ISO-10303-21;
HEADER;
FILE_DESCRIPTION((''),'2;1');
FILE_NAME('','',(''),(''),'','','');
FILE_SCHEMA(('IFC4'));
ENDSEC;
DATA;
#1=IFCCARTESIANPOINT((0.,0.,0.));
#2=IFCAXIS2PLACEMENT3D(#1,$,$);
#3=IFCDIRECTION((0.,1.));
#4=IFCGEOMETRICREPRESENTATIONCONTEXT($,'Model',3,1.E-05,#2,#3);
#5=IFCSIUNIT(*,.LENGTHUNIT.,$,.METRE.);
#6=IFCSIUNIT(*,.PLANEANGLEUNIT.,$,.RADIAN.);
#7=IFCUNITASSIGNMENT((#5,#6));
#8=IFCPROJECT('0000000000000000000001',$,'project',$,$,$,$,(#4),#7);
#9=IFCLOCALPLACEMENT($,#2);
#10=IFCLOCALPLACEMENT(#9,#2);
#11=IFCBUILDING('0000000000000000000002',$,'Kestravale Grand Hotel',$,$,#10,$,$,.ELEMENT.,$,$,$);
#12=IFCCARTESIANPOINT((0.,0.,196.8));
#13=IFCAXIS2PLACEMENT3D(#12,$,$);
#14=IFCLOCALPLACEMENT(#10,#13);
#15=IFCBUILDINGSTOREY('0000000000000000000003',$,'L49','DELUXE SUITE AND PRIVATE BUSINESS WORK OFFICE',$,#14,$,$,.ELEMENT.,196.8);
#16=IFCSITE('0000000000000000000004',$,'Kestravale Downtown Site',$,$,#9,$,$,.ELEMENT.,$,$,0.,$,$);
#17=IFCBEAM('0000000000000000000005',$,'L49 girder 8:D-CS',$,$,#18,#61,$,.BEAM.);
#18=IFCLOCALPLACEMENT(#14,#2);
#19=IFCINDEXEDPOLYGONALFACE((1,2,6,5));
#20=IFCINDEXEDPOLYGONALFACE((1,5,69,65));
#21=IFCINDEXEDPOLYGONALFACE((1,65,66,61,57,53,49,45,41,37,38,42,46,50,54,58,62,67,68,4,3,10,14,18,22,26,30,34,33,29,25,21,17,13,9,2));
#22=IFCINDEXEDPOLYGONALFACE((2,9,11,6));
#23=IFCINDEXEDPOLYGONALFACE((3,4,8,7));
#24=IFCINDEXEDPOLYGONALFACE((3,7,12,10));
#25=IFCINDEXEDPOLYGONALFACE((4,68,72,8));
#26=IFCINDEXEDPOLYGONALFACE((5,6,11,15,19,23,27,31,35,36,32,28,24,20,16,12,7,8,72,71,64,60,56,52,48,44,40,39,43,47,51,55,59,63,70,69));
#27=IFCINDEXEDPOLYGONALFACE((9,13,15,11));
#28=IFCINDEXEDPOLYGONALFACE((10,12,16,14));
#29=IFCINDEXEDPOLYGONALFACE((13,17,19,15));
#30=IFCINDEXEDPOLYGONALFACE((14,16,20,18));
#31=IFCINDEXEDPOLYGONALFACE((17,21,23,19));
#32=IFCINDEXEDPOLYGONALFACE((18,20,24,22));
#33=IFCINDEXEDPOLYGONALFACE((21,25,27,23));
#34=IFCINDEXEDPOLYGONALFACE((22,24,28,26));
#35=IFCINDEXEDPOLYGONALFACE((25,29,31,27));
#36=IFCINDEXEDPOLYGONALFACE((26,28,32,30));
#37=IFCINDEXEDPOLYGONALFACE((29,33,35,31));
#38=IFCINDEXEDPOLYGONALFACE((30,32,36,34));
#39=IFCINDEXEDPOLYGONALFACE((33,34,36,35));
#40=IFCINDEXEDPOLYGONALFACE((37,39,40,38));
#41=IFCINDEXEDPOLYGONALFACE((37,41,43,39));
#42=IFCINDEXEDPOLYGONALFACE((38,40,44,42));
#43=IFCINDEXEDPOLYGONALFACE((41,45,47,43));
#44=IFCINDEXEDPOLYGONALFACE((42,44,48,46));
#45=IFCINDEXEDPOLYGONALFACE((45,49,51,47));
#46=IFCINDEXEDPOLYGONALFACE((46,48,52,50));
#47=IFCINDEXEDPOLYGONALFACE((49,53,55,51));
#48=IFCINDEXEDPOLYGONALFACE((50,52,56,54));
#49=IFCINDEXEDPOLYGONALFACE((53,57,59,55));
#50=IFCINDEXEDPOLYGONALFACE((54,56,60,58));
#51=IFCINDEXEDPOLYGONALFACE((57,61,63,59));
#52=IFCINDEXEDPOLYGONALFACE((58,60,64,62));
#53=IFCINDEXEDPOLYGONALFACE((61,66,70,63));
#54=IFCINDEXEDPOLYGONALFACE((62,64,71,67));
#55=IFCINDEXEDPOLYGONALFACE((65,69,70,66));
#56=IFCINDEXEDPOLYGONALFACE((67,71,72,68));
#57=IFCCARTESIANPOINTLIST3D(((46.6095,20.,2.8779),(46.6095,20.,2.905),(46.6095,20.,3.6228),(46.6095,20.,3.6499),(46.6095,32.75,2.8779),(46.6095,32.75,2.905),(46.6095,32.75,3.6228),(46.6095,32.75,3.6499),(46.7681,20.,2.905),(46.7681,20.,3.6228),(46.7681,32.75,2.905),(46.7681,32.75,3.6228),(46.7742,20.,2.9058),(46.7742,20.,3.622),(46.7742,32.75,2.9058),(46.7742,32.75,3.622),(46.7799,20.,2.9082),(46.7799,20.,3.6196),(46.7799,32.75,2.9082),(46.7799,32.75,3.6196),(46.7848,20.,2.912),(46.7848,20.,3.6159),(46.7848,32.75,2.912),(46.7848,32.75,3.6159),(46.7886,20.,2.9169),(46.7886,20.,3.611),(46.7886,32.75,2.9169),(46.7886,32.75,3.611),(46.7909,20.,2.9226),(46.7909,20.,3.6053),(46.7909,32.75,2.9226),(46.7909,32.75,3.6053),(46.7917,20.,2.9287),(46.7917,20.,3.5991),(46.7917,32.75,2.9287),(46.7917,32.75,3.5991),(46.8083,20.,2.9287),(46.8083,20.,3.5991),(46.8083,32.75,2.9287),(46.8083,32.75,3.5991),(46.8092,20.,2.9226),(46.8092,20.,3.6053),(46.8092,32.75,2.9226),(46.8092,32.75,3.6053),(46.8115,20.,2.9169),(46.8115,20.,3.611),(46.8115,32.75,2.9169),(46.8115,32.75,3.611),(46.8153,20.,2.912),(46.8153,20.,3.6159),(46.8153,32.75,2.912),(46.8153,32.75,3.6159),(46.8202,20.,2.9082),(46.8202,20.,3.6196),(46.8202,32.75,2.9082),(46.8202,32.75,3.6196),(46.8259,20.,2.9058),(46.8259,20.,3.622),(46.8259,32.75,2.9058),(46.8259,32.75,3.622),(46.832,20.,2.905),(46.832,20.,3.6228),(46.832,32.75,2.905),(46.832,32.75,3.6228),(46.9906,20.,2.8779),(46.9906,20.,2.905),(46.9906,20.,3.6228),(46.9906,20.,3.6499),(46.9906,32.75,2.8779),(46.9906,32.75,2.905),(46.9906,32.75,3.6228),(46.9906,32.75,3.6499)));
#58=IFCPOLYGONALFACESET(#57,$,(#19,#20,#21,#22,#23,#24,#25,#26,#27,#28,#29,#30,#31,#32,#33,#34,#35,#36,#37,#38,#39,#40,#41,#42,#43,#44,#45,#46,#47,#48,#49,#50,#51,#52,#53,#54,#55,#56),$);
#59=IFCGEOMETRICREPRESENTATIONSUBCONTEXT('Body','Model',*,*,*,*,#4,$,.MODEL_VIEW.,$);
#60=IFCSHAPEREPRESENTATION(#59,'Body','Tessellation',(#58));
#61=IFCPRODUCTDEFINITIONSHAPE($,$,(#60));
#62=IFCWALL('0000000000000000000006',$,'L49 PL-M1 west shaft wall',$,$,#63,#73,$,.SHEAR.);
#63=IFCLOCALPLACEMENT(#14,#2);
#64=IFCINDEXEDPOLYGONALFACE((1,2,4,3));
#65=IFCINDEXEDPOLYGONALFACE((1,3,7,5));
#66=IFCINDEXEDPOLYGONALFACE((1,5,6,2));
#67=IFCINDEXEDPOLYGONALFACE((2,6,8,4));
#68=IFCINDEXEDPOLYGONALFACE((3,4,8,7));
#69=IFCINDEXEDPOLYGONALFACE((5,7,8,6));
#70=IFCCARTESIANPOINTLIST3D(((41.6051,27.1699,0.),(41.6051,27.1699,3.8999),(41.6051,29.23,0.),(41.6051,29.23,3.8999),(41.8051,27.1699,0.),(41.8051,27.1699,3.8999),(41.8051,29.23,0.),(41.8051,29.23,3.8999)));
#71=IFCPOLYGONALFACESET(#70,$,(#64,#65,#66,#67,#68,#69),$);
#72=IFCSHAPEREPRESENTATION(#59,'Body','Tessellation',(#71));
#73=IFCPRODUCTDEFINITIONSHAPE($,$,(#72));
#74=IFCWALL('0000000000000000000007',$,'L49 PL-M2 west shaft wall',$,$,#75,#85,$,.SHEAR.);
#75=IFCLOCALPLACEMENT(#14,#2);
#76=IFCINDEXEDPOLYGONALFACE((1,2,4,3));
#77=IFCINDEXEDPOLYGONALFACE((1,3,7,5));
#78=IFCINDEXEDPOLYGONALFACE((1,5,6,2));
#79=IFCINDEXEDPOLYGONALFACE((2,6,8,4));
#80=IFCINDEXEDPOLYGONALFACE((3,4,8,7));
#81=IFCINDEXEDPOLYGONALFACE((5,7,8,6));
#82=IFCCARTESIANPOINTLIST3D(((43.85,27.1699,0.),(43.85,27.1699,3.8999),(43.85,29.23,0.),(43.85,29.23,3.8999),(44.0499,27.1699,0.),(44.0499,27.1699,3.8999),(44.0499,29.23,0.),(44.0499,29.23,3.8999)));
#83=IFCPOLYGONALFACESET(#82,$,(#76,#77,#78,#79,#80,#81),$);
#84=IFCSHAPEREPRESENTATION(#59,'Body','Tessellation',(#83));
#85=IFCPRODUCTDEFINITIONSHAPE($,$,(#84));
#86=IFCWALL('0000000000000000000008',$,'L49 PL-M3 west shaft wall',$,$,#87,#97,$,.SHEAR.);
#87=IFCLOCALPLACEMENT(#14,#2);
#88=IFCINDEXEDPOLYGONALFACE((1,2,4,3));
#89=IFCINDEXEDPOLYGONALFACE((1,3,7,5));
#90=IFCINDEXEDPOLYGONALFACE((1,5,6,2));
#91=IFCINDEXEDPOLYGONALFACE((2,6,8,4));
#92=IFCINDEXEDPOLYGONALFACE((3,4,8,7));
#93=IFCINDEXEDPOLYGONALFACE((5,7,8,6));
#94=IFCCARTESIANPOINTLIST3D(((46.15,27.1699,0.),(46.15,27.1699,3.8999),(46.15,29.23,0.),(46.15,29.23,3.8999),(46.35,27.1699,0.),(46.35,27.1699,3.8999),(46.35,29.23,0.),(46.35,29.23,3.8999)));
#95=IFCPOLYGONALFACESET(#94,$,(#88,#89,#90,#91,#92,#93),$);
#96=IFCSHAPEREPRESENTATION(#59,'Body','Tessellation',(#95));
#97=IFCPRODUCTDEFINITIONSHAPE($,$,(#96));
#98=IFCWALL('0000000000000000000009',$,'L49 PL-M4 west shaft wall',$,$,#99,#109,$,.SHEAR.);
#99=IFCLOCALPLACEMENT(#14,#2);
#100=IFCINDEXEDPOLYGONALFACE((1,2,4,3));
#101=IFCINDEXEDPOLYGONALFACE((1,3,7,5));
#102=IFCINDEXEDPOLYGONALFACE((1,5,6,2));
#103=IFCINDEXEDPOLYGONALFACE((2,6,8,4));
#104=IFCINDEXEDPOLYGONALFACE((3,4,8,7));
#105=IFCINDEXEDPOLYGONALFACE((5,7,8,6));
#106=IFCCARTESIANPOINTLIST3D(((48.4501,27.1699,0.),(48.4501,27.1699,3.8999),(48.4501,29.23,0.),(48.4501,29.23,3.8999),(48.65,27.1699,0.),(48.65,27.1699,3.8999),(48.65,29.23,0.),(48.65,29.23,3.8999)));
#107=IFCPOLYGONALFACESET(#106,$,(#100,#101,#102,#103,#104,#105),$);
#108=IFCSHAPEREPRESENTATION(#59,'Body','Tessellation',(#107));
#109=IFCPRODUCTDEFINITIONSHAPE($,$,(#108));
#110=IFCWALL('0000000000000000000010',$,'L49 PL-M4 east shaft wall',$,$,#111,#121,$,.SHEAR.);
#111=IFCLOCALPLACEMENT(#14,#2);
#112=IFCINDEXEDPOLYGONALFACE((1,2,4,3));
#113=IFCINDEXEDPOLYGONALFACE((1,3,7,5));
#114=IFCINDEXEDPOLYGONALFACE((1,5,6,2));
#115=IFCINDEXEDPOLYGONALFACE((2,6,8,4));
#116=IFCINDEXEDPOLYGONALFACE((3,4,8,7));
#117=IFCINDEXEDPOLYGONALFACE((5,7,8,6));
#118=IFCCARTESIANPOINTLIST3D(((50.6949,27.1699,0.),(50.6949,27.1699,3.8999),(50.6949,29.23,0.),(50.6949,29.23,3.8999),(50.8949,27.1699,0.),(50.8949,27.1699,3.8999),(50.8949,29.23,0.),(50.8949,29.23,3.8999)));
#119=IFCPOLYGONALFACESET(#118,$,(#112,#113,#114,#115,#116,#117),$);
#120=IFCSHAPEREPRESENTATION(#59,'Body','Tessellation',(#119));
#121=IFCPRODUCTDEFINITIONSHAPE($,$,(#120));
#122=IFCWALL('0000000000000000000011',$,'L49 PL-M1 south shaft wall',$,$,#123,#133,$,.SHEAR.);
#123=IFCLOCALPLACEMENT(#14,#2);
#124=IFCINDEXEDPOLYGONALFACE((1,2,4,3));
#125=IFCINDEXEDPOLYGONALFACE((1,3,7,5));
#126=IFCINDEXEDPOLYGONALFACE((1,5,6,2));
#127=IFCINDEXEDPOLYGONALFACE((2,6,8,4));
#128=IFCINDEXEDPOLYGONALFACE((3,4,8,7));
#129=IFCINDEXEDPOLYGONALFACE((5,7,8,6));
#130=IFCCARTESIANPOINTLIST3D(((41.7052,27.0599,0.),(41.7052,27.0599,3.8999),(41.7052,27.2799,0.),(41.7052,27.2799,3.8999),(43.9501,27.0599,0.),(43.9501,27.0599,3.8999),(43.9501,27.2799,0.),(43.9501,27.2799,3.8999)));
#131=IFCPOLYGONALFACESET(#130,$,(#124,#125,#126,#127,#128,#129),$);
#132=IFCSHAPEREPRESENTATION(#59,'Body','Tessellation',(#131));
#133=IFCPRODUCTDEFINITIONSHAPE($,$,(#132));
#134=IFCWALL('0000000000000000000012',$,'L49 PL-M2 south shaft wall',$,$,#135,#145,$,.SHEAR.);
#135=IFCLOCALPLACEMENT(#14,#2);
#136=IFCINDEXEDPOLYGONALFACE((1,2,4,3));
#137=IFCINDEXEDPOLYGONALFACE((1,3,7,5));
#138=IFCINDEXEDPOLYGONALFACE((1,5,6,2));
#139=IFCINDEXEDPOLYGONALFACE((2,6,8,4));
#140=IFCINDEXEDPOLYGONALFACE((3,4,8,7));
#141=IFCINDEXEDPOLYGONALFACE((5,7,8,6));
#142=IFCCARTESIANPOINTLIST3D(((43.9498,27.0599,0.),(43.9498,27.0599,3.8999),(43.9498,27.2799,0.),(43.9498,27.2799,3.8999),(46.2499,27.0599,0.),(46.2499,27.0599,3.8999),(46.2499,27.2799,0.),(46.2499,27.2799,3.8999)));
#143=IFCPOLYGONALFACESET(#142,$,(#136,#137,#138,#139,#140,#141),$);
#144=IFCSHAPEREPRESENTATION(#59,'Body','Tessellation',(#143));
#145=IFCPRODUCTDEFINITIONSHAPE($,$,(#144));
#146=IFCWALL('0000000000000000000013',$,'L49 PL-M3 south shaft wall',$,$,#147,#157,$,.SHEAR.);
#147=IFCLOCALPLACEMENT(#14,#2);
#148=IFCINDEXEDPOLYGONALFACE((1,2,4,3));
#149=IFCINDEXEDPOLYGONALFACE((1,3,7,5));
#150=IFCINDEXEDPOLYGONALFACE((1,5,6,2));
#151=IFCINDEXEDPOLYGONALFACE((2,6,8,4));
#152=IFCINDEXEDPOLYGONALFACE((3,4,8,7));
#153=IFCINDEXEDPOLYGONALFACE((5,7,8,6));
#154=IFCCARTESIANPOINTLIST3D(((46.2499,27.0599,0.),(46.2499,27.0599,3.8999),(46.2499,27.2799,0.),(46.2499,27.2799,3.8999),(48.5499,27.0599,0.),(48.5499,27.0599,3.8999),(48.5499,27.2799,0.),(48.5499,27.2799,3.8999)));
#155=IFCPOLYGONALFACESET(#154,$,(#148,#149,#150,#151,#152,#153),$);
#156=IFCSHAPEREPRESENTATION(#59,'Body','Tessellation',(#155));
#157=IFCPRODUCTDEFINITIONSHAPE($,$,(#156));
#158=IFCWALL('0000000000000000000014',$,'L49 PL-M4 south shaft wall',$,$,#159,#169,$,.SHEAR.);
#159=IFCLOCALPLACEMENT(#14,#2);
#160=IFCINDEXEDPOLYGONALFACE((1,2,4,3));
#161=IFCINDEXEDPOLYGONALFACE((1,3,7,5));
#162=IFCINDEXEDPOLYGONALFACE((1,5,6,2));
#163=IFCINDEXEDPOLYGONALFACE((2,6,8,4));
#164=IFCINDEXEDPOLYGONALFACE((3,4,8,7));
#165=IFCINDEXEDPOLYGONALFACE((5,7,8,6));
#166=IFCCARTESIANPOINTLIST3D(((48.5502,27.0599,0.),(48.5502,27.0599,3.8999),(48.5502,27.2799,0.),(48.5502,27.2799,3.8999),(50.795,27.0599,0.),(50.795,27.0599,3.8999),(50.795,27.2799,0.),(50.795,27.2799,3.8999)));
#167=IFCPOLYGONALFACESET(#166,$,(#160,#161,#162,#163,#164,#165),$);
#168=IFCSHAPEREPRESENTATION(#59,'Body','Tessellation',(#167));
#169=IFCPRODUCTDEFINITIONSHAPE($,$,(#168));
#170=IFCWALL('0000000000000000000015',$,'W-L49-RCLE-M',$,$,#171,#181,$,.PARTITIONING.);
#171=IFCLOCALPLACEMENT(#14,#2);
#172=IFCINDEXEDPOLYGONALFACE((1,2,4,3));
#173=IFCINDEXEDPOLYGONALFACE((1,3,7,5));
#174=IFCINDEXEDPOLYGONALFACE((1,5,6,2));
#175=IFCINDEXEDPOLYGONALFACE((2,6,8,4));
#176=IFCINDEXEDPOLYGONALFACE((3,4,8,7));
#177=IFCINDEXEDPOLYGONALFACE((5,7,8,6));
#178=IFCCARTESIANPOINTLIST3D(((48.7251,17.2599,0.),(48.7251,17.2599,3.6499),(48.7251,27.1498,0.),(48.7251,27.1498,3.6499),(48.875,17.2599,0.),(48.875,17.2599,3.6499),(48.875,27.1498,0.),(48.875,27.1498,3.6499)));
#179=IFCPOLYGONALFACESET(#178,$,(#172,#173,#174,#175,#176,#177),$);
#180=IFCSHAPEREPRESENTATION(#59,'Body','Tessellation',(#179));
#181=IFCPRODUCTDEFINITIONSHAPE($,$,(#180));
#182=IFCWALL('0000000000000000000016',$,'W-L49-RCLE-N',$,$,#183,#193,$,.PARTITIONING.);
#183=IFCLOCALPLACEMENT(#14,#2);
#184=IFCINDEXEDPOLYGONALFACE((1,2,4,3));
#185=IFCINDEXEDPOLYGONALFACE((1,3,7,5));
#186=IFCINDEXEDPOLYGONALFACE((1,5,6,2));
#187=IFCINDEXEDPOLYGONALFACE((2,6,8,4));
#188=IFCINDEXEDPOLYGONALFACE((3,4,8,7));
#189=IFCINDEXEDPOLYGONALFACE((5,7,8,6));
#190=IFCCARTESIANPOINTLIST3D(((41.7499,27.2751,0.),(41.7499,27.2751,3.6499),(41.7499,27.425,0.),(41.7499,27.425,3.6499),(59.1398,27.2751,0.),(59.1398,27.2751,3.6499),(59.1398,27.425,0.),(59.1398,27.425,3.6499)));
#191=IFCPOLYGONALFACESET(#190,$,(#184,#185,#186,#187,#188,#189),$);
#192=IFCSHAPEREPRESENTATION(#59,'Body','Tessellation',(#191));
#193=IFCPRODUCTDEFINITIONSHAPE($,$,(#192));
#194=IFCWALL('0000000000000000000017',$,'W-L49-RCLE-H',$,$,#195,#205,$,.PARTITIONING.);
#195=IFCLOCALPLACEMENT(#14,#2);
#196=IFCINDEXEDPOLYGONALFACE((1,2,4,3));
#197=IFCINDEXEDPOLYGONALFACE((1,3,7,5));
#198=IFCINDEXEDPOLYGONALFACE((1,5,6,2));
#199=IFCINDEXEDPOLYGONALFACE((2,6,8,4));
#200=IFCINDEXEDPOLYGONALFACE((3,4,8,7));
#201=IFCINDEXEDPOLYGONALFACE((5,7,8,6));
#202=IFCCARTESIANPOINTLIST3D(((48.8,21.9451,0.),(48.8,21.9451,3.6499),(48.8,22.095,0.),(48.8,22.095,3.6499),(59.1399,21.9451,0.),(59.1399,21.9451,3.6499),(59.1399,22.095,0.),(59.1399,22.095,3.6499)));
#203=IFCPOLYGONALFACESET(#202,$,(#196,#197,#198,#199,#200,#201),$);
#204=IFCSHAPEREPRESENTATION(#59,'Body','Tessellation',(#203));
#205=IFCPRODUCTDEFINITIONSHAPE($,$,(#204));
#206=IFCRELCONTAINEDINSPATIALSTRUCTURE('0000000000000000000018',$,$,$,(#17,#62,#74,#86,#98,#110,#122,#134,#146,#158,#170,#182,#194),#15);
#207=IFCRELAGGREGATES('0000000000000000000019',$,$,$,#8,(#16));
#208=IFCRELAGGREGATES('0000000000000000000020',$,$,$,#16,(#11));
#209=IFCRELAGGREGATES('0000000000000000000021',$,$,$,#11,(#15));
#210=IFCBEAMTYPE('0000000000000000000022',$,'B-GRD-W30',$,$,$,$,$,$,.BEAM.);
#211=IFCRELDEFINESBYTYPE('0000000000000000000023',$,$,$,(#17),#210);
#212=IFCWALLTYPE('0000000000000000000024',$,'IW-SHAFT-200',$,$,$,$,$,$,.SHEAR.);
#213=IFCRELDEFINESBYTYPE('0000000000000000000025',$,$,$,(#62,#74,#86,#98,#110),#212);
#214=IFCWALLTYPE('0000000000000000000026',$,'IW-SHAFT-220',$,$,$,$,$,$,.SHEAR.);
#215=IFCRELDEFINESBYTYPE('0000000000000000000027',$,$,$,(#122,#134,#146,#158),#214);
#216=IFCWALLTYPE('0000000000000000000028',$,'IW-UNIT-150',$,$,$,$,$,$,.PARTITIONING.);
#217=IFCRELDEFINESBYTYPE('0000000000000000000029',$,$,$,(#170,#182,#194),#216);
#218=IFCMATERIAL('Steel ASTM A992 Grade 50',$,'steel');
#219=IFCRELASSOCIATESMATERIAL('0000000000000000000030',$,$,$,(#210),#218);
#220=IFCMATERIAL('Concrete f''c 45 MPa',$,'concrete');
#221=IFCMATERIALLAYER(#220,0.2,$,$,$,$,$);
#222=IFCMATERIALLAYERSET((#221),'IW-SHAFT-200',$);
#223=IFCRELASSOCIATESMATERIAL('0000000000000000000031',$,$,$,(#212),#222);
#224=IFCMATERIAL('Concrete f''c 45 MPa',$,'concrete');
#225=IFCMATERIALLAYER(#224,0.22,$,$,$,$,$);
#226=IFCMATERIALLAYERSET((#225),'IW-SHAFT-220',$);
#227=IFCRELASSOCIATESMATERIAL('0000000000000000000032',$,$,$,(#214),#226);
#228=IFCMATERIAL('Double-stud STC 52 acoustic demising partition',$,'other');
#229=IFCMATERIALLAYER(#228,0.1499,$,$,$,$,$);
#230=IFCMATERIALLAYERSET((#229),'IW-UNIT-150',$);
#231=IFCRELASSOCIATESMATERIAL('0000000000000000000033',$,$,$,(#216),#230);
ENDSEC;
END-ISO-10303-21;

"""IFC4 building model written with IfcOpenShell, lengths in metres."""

from ifc_helpers import new_model, si_unit, direction, frame, frame_2d, origin, origin_2d, place, context, subcontext, project, spatial, rectangle, i_section, extrude, material, layer, layer_set, material_profile, profile_set, type_object, element, save


model = new_model("IFC4")

# Units and contexts
model_context = context("Model", 3, precision=1e-05, world=origin(), true_north=direction((0.0, 1.0)))
body_context = subcontext(model_context, "Body", "Model", "MODEL_VIEW")
ifc_project = project(units=[si_unit("LENGTHUNIT", "METRE"), si_unit("PLANEANGLEUNIT", "RADIAN")], contexts=[model_context])

# Site, building, storey
site_placement = place(None, origin())
site = spatial("IfcSite", under=ifc_project, at=site_placement, Name="Kestravale Downtown Site", CompositionType="ELEMENT", RefElevation=0.0)
building_placement = place(site_placement, origin())
building = spatial("IfcBuilding", under=site, at=building_placement, Name="Kestravale Grand Hotel", CompositionType="ELEMENT")
storey_placement = place(building_placement, frame((0.0, 0.0, 196.8)))
storey = spatial("IfcBuildingStorey", under=building, at=storey_placement, Name="L49", Description="DELUXE SUITE AND PRIVATE BUSINESS WORK OFFICE", CompositionType="ELEMENT", Elevation=196.8)

# Beam
ifc_material_1 = material(Name="Steel ASTM A992 Grade 50", Category="steel")
ifc_material_profile_1 = material_profile(ifc_material_1, i_section(OverallWidth=0.3811, OverallDepth=0.772, WebThickness=0.0166, FlangeThickness=0.0271, FilletRadius=0.0237, at=origin_2d()))
ifc_profile_set_1 = profile_set([ifc_material_profile_1], Name="Steel ASTM A992 Grade 50")
beam_type = type_object("IfcBeamType", Name="B-GRD-W30", PredefinedType="BEAM", material=ifc_profile_set_1)
beam_1_placement = place(storey_placement, frame((46.8, 20.0, 3.2639), z_axis=(0.0, 1.0, 0.0), x_axis=(-1.0, 0.0, 0.0)))
element("IfcBeam", 1, at=beam_1_placement, inside=storey, type_object=beam_type, Name="L49 girder 8:D-CS", PredefinedType="BEAM", context=body_context, shape_type="SweptSolid", body=[
    extrude(i_section(OverallWidth=0.3811, OverallDepth=0.772, WebThickness=0.0166, FlangeThickness=0.0271, FilletRadius=0.0237, at=origin_2d()), origin(), (0.0, 0.0, 1.0), 12.75),
])

# Walls
ifc_material_2 = material(Name="Concrete f'c 45 MPa", Category="concrete")
ifc_layer_1 = layer(ifc_material_2, 0.2)
ifc_layer_set_1 = layer_set([ifc_layer_1], Name="IW-SHAFT-200")
wall_type_1 = type_object("IfcWallType", Name="IW-SHAFT-200", PredefinedType="SHEAR", material=ifc_layer_set_1)
for number, where, z_axis, x_axis, name in (
    (2, (41.7051, 27.1699, 0.0), (0.0, 0.0, 1.0), (0.0, 1.0, 0.0), "L49 PL-M1 west shaft wall"),
    (3, (43.95, 27.1699, 0.0), (0.0, 0.0, 1.0), (0.0, 1.0, 0.0), "L49 PL-M2 west shaft wall"),
    (4, (46.25, 27.1699, 0.0), (0.0, 0.0, 1.0), (0.0, 1.0, 0.0), "L49 PL-M3 west shaft wall"),
    (5, (48.55, 27.1699, 0.0), (0.0, 0.0, 1.0), (0.0, 1.0, 0.0), "L49 PL-M4 west shaft wall"),
    (6, (50.7949, 27.1699, 0.0), (0.0, 0.0, 1.0), (0.0, 1.0, 0.0), "L49 PL-M4 east shaft wall"),
):
    element("IfcWall", number, at=place(storey_placement, frame(where, z_axis=z_axis, x_axis=x_axis)), inside=storey, type_object=wall_type_1, Name=name, PredefinedType="SHEAR", context=body_context, shape_type="SweptSolid", body=[
        extrude(rectangle(XDim=2.0601, YDim=0.2, at=frame_2d((1.03, 0.0))), origin(), (0.0, 0.0, 1.0), 3.8999),
    ])

# Shared definitions
ifc_material_3 = material(Name="Concrete f'c 45 MPa", Category="concrete")
ifc_layer_2 = layer(ifc_material_3, 0.22)
ifc_layer_set_2 = layer_set([ifc_layer_2], Name="IW-SHAFT-220")
wall_type_2 = type_object("IfcWallType", Name="IW-SHAFT-220", PredefinedType="SHEAR", material=ifc_layer_set_2)

# Walls
wall_1_placement = place(storey_placement, frame((41.7051, 27.1699, 0.0), z_axis=(0.0, 0.0, 1.0), x_axis=(1.0, 0.0, 0.0)))
element("IfcWall", 7, at=wall_1_placement, inside=storey, type_object=wall_type_2, Name="L49 PL-M1 south shaft wall", PredefinedType="SHEAR", context=body_context, shape_type="SweptSolid", body=[
    extrude(rectangle(XDim=2.2449, YDim=0.22, at=frame_2d((1.1226, 0.0))), origin(), (0.0, 0.0, 1.0), 3.8999),
])
for number, where, z_axis, x_axis, name in (
    (8, (43.95, 27.1699, 0.0), (0.0, 0.0, 1.0), (1.0, 0.0, 0.0), "L49 PL-M2 south shaft wall"),
    (9, (46.25, 27.1699, 0.0), (0.0, 0.0, 1.0), (1.0, 0.0, 0.0), "L49 PL-M3 south shaft wall"),
):
    element("IfcWall", number, at=place(storey_placement, frame(where, z_axis=z_axis, x_axis=x_axis)), inside=storey, type_object=wall_type_2, Name=name, PredefinedType="SHEAR", context=body_context, shape_type="SweptSolid", body=[
        extrude(rectangle(XDim=2.3, YDim=0.22, at=frame_2d((1.1499, 0.0))), origin(), (0.0, 0.0, 1.0), 3.8999),
    ])
wall_2_placement = place(storey_placement, frame((48.55, 27.1699, 0.0), z_axis=(0.0, 0.0, 1.0), x_axis=(1.0, 0.0, 0.0)))
element("IfcWall", 10, at=wall_2_placement, inside=storey, type_object=wall_type_2, Name="L49 PL-M4 south shaft wall", PredefinedType="SHEAR", context=body_context, shape_type="SweptSolid", body=[
    extrude(rectangle(XDim=2.2449, YDim=0.22, at=frame_2d((1.1226, 0.0))), origin(), (0.0, 0.0, 1.0), 3.8999),
])
ifc_material_4 = material(Name="Double-stud STC 52 acoustic demising partition", Category="other")
ifc_layer_3 = layer(ifc_material_4, 0.1499)
ifc_layer_set_3 = layer_set([ifc_layer_3], Name="IW-UNIT-150")
wall_type_3 = type_object("IfcWallType", Name="IW-UNIT-150", PredefinedType="PARTITIONING", material=ifc_layer_set_3)
wall_3_placement = place(storey_placement, frame((48.8, 17.26, 0.0), z_axis=(0.0, 0.0, 1.0), x_axis=(0.0, 1.0, 0.0)))
element("IfcWall", 11, at=wall_3_placement, inside=storey, type_object=wall_type_3, Name="W-L49-RCLE-M", PredefinedType="PARTITIONING", context=body_context, shape_type="SweptSolid", body=[
    extrude(rectangle(XDim=9.8899, YDim=0.1499, at=frame_2d((4.9448, 0.0))), origin(), (0.0, 0.0, 1.0), 3.6499),
])
wall_4_placement = place(storey_placement, frame((41.75, 27.3501, 0.0), z_axis=(0.0, 0.0, 1.0), x_axis=(1.0, 0.0, 0.0)))
element("IfcWall", 12, at=wall_4_placement, inside=storey, type_object=wall_type_3, Name="W-L49-RCLE-N", PredefinedType="PARTITIONING", context=body_context, shape_type="SweptSolid", body=[
    extrude(rectangle(XDim=17.3899, YDim=0.1499, at=frame_2d((8.6948, 0.0))), origin(), (0.0, 0.0, 1.0), 3.6499),
])
wall_5_placement = place(storey_placement, frame((48.8, 22.02, 0.0), z_axis=(0.0, 0.0, 1.0), x_axis=(1.0, 0.0, 0.0)))
element("IfcWall", 13, at=wall_5_placement, inside=storey, type_object=wall_type_3, Name="W-L49-RCLE-H", PredefinedType="PARTITIONING", context=body_context, shape_type="SweptSolid", body=[
    extrude(rectangle(XDim=10.3398, YDim=0.1499, at=frame_2d((5.1699, 0.0))), origin(), (0.0, 0.0, 1.0), 3.6499),
])

save(model, "model.ifc")
